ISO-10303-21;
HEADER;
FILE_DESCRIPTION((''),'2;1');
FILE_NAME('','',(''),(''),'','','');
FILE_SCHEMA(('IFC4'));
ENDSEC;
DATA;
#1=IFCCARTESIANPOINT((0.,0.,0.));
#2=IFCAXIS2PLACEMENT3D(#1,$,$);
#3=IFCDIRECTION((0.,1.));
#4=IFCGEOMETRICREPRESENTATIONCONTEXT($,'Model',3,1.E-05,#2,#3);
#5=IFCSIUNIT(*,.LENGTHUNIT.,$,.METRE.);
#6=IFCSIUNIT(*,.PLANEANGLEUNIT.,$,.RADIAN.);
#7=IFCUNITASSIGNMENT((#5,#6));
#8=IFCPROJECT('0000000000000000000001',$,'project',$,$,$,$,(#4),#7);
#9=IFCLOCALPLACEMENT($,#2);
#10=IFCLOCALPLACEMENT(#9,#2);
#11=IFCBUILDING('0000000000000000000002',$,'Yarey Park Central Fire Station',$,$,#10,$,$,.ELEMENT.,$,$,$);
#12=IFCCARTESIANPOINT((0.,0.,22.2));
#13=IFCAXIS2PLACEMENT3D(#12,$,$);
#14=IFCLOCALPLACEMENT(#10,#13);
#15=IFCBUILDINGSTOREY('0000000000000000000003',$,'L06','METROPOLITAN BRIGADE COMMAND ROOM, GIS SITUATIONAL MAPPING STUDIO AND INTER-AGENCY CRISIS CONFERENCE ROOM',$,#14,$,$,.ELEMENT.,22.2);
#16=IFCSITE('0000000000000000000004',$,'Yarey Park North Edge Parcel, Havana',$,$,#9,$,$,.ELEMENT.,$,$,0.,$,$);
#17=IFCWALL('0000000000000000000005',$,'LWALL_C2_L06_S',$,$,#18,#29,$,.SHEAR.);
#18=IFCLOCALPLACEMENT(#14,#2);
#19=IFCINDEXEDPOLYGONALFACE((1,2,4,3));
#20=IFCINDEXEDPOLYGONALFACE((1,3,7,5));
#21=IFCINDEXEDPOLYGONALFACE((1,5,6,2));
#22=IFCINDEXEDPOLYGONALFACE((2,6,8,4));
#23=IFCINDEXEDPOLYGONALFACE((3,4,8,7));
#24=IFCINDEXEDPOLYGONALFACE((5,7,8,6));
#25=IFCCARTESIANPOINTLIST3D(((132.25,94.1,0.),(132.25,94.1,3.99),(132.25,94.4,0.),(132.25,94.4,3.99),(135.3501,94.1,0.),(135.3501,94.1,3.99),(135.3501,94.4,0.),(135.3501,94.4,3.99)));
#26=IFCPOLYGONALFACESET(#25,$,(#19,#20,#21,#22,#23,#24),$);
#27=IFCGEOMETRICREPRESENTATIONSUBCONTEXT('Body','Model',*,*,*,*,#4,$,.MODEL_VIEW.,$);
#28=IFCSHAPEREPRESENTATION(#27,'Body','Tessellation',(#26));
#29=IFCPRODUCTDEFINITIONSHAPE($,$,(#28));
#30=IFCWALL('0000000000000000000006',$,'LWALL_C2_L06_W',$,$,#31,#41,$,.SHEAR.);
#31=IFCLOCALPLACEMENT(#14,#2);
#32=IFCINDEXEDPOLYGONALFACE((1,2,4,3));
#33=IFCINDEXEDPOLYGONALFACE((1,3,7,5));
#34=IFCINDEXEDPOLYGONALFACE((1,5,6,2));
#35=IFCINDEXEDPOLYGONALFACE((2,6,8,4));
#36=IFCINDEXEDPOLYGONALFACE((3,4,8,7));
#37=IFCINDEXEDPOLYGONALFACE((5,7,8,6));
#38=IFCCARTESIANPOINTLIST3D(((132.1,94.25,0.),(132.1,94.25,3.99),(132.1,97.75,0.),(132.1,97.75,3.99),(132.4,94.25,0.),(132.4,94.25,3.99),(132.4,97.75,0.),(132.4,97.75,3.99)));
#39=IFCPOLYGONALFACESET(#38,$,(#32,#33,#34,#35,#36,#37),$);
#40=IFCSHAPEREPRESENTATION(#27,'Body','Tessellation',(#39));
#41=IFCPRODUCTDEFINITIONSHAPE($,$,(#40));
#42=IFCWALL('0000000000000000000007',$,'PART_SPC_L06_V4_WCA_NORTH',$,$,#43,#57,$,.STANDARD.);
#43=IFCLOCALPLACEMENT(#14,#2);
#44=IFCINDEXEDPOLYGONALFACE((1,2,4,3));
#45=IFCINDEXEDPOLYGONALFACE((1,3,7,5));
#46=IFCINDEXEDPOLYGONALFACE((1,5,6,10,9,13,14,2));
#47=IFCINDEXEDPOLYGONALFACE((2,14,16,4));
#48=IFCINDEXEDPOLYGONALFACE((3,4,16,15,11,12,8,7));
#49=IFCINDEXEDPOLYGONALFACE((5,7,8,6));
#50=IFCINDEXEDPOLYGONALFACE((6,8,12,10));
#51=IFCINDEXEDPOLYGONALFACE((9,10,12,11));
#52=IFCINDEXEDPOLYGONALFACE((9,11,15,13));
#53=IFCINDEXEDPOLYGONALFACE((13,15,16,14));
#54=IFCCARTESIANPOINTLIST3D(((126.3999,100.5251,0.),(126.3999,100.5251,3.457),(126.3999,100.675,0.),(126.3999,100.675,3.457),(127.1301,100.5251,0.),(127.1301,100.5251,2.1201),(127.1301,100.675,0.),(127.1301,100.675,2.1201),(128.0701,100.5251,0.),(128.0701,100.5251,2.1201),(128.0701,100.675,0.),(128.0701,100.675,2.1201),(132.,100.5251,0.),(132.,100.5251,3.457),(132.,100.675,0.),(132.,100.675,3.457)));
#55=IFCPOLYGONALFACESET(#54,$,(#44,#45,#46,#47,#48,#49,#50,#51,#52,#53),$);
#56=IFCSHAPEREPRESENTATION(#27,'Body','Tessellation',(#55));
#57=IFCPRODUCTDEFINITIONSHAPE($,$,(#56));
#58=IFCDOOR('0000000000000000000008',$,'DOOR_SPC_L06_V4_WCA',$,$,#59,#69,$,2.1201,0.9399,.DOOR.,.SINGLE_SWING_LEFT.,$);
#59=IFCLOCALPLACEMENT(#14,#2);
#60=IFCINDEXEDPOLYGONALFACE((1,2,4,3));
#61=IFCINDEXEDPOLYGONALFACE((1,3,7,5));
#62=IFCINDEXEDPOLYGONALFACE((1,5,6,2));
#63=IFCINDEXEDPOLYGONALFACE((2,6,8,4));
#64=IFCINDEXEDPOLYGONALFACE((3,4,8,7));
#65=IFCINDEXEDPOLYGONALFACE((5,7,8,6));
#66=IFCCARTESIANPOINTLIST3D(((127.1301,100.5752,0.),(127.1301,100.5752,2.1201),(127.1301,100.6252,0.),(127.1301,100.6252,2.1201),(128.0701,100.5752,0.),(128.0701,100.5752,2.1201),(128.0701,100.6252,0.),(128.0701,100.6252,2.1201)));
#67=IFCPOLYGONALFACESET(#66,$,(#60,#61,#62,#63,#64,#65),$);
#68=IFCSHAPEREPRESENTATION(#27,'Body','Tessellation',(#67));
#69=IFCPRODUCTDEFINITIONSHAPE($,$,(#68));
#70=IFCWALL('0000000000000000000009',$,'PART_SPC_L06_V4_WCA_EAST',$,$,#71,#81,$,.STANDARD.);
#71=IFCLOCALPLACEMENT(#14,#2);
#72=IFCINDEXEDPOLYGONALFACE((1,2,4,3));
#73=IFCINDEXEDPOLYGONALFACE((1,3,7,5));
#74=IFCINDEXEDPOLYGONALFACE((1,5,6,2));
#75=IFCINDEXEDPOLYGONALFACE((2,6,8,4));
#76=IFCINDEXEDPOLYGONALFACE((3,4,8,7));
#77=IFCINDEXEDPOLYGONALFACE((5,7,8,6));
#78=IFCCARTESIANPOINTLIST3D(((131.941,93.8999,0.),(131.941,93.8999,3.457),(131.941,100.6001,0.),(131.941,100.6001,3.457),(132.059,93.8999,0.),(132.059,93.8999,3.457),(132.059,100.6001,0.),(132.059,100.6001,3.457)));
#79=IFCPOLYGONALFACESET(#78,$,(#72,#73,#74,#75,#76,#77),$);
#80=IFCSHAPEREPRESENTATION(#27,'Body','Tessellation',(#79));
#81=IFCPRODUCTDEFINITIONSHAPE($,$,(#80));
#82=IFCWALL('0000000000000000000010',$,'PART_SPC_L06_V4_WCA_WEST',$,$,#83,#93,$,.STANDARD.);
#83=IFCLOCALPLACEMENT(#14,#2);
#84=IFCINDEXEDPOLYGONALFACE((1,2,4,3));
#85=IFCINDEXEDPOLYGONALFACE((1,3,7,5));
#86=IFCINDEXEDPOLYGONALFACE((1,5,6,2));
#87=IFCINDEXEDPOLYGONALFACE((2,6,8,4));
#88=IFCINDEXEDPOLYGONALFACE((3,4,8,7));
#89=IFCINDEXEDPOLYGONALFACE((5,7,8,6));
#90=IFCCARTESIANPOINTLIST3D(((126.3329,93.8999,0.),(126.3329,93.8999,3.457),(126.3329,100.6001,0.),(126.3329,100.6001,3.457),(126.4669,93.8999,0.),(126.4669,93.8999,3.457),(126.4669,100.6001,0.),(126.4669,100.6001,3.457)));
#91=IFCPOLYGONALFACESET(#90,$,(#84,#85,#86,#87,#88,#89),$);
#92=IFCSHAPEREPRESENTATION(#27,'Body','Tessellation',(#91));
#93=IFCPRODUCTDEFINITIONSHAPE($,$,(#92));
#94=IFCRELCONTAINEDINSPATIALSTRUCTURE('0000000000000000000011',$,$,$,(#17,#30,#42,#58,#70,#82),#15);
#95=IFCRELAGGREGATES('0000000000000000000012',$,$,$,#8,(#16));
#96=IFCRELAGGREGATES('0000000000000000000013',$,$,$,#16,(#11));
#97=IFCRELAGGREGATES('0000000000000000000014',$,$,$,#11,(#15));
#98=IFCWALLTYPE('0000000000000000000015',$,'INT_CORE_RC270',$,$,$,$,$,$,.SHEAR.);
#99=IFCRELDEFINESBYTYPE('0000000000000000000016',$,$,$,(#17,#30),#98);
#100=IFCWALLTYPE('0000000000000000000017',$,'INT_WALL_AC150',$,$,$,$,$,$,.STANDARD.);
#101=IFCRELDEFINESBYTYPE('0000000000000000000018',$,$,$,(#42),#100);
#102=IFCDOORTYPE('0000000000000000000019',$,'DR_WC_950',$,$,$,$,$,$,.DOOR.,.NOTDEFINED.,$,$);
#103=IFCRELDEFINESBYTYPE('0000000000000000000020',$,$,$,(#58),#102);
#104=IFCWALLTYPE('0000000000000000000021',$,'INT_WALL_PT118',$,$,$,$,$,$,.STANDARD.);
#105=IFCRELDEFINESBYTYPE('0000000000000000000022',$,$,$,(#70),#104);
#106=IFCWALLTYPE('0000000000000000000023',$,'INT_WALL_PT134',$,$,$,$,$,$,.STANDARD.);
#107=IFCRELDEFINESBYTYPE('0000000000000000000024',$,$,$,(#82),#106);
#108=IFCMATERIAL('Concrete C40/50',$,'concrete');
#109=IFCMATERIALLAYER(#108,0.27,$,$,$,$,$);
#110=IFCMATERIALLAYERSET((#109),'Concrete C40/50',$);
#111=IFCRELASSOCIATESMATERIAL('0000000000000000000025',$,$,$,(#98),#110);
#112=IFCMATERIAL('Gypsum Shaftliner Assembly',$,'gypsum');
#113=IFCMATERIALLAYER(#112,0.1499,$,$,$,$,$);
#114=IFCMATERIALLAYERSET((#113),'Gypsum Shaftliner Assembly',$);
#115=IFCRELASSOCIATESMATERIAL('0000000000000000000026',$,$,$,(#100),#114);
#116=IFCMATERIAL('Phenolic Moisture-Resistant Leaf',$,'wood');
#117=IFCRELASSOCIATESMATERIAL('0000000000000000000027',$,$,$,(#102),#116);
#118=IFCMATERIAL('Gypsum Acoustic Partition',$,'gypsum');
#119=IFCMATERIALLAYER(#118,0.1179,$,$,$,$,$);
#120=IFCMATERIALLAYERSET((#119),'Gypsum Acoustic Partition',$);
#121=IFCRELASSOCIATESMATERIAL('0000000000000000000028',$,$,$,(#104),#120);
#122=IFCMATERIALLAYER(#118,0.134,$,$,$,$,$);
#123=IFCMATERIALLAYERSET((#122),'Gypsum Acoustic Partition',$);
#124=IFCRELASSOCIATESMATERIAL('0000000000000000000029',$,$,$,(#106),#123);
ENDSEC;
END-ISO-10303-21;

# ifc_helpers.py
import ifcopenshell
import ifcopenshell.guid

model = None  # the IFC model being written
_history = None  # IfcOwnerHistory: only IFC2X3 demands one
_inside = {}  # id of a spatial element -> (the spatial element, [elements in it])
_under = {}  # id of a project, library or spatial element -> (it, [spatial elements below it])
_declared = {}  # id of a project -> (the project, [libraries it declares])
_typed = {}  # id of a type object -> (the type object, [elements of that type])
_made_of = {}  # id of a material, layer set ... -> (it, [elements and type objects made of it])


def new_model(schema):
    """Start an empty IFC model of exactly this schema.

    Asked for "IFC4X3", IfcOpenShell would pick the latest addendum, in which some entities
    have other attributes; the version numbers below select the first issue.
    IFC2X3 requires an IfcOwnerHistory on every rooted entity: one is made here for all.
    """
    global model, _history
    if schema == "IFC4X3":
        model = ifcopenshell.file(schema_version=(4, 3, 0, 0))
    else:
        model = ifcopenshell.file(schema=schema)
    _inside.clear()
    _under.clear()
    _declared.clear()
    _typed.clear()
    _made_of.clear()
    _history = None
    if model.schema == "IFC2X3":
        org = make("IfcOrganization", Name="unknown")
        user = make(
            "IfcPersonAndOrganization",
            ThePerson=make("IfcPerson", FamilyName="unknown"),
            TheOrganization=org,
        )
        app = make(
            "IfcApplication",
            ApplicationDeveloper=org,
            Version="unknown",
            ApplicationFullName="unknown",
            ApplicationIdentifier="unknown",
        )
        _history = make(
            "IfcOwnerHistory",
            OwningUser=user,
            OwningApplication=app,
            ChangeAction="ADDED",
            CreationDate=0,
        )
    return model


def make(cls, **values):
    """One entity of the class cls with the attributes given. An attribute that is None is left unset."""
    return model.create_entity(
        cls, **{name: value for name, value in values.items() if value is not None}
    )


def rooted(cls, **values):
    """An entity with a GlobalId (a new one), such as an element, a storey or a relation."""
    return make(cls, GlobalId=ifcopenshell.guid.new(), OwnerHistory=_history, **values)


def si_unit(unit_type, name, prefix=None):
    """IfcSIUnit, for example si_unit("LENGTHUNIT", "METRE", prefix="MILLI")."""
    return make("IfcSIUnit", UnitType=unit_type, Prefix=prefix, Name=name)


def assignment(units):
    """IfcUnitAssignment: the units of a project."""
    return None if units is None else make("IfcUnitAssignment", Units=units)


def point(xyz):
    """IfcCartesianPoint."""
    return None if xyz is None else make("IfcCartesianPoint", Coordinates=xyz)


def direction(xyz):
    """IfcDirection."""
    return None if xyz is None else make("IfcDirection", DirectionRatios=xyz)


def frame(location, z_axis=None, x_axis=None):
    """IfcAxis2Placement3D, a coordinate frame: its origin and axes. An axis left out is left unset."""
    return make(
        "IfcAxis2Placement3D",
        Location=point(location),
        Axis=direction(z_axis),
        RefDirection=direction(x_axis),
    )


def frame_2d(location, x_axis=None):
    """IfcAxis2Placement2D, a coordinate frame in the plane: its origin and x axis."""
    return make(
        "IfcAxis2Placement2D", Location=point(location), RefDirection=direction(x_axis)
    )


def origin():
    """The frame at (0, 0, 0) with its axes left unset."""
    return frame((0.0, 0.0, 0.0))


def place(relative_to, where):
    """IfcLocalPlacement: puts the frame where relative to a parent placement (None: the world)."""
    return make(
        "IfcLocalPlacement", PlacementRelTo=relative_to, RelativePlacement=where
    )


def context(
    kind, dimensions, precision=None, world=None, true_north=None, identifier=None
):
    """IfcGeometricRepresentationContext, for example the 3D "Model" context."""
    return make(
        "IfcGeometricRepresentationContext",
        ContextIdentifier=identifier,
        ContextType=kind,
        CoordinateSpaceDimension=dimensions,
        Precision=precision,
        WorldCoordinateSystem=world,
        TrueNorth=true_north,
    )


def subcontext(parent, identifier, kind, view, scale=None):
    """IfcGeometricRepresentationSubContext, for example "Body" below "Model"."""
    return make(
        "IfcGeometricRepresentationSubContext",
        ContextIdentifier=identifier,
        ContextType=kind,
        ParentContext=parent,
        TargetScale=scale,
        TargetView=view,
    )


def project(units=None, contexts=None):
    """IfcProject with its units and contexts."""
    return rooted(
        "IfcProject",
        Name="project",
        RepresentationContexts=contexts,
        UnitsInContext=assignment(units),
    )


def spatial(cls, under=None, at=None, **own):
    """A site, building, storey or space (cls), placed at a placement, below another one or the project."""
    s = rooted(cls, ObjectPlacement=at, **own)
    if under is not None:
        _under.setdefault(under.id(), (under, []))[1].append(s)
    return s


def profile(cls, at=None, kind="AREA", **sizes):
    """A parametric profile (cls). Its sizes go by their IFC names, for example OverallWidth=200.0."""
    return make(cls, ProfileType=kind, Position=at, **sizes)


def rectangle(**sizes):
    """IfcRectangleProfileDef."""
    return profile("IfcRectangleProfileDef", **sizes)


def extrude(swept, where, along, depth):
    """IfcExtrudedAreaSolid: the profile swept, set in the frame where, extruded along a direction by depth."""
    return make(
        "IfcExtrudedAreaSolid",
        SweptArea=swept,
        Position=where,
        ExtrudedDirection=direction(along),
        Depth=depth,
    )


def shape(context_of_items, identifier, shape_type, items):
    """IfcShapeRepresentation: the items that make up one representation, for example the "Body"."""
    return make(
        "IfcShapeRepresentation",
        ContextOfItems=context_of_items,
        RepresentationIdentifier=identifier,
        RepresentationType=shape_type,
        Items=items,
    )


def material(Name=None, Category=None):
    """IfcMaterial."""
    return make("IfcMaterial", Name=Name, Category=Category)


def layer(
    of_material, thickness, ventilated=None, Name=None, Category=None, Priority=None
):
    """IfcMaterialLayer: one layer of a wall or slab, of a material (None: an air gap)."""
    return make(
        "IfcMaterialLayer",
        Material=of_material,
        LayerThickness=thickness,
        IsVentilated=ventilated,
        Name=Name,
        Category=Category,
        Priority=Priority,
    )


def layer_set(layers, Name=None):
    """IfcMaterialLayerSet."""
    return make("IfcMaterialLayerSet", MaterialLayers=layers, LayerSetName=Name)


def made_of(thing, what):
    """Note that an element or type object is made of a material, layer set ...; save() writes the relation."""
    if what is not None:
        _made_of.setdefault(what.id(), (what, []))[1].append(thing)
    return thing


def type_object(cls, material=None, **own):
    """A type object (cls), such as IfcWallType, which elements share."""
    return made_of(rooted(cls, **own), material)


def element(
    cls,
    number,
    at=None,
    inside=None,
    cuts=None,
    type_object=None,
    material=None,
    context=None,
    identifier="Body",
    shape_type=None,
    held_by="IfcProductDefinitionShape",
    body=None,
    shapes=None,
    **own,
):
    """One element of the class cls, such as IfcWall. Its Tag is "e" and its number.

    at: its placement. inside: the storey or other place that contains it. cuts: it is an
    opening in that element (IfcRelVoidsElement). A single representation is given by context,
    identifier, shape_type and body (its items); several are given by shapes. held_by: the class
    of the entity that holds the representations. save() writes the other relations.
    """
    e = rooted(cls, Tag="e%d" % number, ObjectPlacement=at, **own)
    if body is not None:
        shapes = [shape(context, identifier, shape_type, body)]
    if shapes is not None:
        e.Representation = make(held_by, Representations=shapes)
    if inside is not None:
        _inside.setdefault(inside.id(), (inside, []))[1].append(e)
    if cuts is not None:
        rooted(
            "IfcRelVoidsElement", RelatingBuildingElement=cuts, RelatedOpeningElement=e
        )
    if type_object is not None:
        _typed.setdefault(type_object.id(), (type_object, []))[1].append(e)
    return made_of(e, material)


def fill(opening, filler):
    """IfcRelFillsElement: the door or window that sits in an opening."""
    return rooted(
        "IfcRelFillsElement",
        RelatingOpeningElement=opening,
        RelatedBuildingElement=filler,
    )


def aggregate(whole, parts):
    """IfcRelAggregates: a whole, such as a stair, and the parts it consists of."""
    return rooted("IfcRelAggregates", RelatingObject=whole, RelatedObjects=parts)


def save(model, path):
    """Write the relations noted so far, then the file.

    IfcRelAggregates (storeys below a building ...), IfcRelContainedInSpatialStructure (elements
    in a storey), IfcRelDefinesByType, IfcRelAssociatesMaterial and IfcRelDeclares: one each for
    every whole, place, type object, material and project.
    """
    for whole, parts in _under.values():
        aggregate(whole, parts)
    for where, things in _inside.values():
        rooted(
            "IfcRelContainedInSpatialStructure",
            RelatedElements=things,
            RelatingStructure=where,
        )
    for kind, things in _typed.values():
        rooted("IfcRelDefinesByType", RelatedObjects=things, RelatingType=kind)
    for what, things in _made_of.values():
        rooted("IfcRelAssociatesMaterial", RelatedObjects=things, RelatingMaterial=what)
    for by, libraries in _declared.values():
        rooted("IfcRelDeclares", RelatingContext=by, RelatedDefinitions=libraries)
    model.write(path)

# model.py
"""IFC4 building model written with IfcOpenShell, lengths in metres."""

from ifc_helpers import new_model, si_unit, direction, frame, frame_2d, origin, place, context, subcontext, project, spatial, rectangle, extrude, material, layer, layer_set, type_object, element, fill, save


model = new_model("IFC4")

# Units and contexts
model_context = context("Model", 3, precision=1e-05, world=origin(), true_north=direction((0.0, 1.0)))
body_context = subcontext(model_context, "Body", "Model", "MODEL_VIEW")
ifc_project = project(units=[si_unit("LENGTHUNIT", "METRE"), si_unit("PLANEANGLEUNIT", "RADIAN")], contexts=[model_context])

# Site, building, storey
site_placement = place(None, origin())
site = spatial("IfcSite", under=ifc_project, at=site_placement, Name="Yarey Park North Edge Parcel, Havana", CompositionType="ELEMENT", RefElevation=0.0)
building_placement = place(site_placement, origin())
building = spatial("IfcBuilding", under=site, at=building_placement, Name="Yarey Park Central Fire Station", CompositionType="ELEMENT")
storey_placement = place(building_placement, frame((0.0, 0.0, 22.2)))
storey = spatial("IfcBuildingStorey", under=building, at=storey_placement, Name="L06", Description="METROPOLITAN BRIGADE COMMAND ROOM, GIS SITUATIONAL MAPPING STUDIO AND INTER-AGENCY CRISIS CONFERENCE ROOM", CompositionType="ELEMENT", Elevation=22.2)

# Shared definitions
ifc_material_1 = material(Name="Concrete C40/50", Category="concrete")

# Shared definitions
ifc_layer_1 = layer(ifc_material_1, 0.27)
ifc_layer_set_1 = layer_set([ifc_layer_1], Name="Concrete C40/50")
wall_type_1 = type_object("IfcWallType", Name="INT_CORE_RC270", PredefinedType="SHEAR", material=ifc_layer_set_1)

# Walls
wall_1_placement = place(storey_placement, frame((132.25, 94.25, 0.0), z_axis=(0.0, 0.0, 1.0), x_axis=(1.0, 0.0, 0.0)))
element("IfcWall", 1, at=wall_1_placement, inside=storey, type_object=wall_type_1, Name="LWALL_C2_L06_S", PredefinedType="SHEAR", context=body_context, shape_type="SweptSolid", body=[
    extrude(rectangle(XDim=3.1001, YDim=0.3, at=frame_2d((1.55, 0.0))), origin(), (0.0, 0.0, 1.0), 3.99),
])
wall_2_placement = place(storey_placement, frame((132.25, 97.75, 0.0), z_axis=(0.0, 0.0, 1.0), x_axis=(0.0, -1.0, 0.0)))
element("IfcWall", 2, at=wall_2_placement, inside=storey, type_object=wall_type_1, Name="LWALL_C2_L06_W", PredefinedType="SHEAR", context=body_context, shape_type="SweptSolid", body=[
    extrude(rectangle(XDim=3.5, YDim=0.3, at=frame_2d((1.75, 0.0))), origin(), (0.0, 0.0, 1.0), 3.99),
])

# Wall, opening, door
ifc_material_2 = material(Name="Gypsum Shaftliner Assembly", Category="gypsum")
ifc_layer_2 = layer(ifc_material_2, 0.1499)
ifc_layer_set_2 = layer_set([ifc_layer_2], Name="Gypsum Shaftliner Assembly")
wall_type_2 = type_object("IfcWallType", Name="INT_WALL_AC150", PredefinedType="STANDARD", material=ifc_layer_set_2)
wall_3_placement = place(storey_placement, frame((132.0, 100.6001, 0.0), z_axis=(0.0, 0.0, 1.0), x_axis=(-1.0, 0.0, 0.0)))
wall_3 = element("IfcWall", 3, at=wall_3_placement, inside=storey, type_object=wall_type_2, Name="PART_SPC_L06_V4_WCA_NORTH", PredefinedType="STANDARD", context=body_context, shape_type="SweptSolid", body=[
    extrude(rectangle(XDim=5.6001, YDim=0.1499, at=frame_2d((2.8, 0.0))), origin(), (0.0, 0.0, 1.0), 3.457),
])
opening_1_placement = place(wall_3_placement, frame((3.9299, 0.0, 0.0)))
opening_1 = element("IfcOpeningElement", 4, at=opening_1_placement, cuts=wall_3, PredefinedType="OPENING", context=body_context, shape_type="SweptSolid", body=[
    extrude(rectangle(XDim=0.9399, YDim=2.1201, at=frame_2d((0.47, 1.0601))), frame((0.0, 0.085, 0.0), z_axis=(0.0, -1.0, 0.0), x_axis=(1.0, 0.0, 0.0)), (0.0, 0.0, 1.0), 0.1699),
])
ifc_material_3 = material(Name="Phenolic Moisture-Resistant Leaf", Category="wood")
door_type_1 = type_object("IfcDoorType", Name="DR_WC_950", OperationType="NOTDEFINED", PredefinedType="DOOR", material=ifc_material_3)
door_1_placement = place(opening_1_placement, origin())
door_1 = element("IfcDoor", 5, at=door_1_placement, inside=storey, type_object=door_type_1, Name="DOOR_SPC_L06_V4_WCA", OperationType="SINGLE_SWING_LEFT", OverallHeight=2.1201, OverallWidth=0.9399, PredefinedType="DOOR", context=body_context, shape_type="SweptSolid", body=[
    extrude(rectangle(XDim=0.9399, YDim=2.1201, at=frame_2d((0.47, 1.0601))), frame((0.0, 0.0249, 0.0), z_axis=(0.0, -1.0, 0.0), x_axis=(1.0, 0.0, 0.0)), (0.0, 0.0, 1.0), 0.05),
])
fill(opening_1, door_1)

# Walls
ifc_material_4 = material(Name="Gypsum Acoustic Partition", Category="gypsum")
ifc_layer_3 = layer(ifc_material_4, 0.1179)
ifc_layer_set_3 = layer_set([ifc_layer_3], Name="Gypsum Acoustic Partition")
wall_type_3 = type_object("IfcWallType", Name="INT_WALL_PT118", PredefinedType="STANDARD", material=ifc_layer_set_3)
wall_4_placement = place(storey_placement, frame((132.0, 93.8999, 0.0), z_axis=(0.0, 0.0, 1.0), x_axis=(0.0, 1.0, 0.0)))
element("IfcWall", 6, at=wall_4_placement, inside=storey, type_object=wall_type_3, Name="PART_SPC_L06_V4_WCA_EAST", PredefinedType="STANDARD", context=body_context, shape_type="SweptSolid", body=[
    extrude(rectangle(XDim=6.7002, YDim=0.1179, at=frame_2d((3.3501, 0.0))), origin(), (0.0, 0.0, 1.0), 3.457),
])
ifc_layer_4 = layer(ifc_material_4, 0.134)
ifc_layer_set_4 = layer_set([ifc_layer_4], Name="Gypsum Acoustic Partition")
wall_type_4 = type_object("IfcWallType", Name="INT_WALL_PT134", PredefinedType="STANDARD", material=ifc_layer_set_4)
wall_5_placement = place(storey_placement, frame((126.3999, 100.6001, 0.0), z_axis=(0.0, 0.0, 1.0), x_axis=(0.0, -1.0, 0.0)))
element("IfcWall", 7, at=wall_5_placement, inside=storey, type_object=wall_type_4, Name="PART_SPC_L06_V4_WCA_WEST", PredefinedType="STANDARD", context=body_context, shape_type="SweptSolid", body=[
    extrude(rectangle(XDim=6.7002, YDim=0.134, at=frame_2d((3.3501, 0.0))), origin(), (0.0, 0.0, 1.0), 3.457),
])

save(model, "model.ifc")
